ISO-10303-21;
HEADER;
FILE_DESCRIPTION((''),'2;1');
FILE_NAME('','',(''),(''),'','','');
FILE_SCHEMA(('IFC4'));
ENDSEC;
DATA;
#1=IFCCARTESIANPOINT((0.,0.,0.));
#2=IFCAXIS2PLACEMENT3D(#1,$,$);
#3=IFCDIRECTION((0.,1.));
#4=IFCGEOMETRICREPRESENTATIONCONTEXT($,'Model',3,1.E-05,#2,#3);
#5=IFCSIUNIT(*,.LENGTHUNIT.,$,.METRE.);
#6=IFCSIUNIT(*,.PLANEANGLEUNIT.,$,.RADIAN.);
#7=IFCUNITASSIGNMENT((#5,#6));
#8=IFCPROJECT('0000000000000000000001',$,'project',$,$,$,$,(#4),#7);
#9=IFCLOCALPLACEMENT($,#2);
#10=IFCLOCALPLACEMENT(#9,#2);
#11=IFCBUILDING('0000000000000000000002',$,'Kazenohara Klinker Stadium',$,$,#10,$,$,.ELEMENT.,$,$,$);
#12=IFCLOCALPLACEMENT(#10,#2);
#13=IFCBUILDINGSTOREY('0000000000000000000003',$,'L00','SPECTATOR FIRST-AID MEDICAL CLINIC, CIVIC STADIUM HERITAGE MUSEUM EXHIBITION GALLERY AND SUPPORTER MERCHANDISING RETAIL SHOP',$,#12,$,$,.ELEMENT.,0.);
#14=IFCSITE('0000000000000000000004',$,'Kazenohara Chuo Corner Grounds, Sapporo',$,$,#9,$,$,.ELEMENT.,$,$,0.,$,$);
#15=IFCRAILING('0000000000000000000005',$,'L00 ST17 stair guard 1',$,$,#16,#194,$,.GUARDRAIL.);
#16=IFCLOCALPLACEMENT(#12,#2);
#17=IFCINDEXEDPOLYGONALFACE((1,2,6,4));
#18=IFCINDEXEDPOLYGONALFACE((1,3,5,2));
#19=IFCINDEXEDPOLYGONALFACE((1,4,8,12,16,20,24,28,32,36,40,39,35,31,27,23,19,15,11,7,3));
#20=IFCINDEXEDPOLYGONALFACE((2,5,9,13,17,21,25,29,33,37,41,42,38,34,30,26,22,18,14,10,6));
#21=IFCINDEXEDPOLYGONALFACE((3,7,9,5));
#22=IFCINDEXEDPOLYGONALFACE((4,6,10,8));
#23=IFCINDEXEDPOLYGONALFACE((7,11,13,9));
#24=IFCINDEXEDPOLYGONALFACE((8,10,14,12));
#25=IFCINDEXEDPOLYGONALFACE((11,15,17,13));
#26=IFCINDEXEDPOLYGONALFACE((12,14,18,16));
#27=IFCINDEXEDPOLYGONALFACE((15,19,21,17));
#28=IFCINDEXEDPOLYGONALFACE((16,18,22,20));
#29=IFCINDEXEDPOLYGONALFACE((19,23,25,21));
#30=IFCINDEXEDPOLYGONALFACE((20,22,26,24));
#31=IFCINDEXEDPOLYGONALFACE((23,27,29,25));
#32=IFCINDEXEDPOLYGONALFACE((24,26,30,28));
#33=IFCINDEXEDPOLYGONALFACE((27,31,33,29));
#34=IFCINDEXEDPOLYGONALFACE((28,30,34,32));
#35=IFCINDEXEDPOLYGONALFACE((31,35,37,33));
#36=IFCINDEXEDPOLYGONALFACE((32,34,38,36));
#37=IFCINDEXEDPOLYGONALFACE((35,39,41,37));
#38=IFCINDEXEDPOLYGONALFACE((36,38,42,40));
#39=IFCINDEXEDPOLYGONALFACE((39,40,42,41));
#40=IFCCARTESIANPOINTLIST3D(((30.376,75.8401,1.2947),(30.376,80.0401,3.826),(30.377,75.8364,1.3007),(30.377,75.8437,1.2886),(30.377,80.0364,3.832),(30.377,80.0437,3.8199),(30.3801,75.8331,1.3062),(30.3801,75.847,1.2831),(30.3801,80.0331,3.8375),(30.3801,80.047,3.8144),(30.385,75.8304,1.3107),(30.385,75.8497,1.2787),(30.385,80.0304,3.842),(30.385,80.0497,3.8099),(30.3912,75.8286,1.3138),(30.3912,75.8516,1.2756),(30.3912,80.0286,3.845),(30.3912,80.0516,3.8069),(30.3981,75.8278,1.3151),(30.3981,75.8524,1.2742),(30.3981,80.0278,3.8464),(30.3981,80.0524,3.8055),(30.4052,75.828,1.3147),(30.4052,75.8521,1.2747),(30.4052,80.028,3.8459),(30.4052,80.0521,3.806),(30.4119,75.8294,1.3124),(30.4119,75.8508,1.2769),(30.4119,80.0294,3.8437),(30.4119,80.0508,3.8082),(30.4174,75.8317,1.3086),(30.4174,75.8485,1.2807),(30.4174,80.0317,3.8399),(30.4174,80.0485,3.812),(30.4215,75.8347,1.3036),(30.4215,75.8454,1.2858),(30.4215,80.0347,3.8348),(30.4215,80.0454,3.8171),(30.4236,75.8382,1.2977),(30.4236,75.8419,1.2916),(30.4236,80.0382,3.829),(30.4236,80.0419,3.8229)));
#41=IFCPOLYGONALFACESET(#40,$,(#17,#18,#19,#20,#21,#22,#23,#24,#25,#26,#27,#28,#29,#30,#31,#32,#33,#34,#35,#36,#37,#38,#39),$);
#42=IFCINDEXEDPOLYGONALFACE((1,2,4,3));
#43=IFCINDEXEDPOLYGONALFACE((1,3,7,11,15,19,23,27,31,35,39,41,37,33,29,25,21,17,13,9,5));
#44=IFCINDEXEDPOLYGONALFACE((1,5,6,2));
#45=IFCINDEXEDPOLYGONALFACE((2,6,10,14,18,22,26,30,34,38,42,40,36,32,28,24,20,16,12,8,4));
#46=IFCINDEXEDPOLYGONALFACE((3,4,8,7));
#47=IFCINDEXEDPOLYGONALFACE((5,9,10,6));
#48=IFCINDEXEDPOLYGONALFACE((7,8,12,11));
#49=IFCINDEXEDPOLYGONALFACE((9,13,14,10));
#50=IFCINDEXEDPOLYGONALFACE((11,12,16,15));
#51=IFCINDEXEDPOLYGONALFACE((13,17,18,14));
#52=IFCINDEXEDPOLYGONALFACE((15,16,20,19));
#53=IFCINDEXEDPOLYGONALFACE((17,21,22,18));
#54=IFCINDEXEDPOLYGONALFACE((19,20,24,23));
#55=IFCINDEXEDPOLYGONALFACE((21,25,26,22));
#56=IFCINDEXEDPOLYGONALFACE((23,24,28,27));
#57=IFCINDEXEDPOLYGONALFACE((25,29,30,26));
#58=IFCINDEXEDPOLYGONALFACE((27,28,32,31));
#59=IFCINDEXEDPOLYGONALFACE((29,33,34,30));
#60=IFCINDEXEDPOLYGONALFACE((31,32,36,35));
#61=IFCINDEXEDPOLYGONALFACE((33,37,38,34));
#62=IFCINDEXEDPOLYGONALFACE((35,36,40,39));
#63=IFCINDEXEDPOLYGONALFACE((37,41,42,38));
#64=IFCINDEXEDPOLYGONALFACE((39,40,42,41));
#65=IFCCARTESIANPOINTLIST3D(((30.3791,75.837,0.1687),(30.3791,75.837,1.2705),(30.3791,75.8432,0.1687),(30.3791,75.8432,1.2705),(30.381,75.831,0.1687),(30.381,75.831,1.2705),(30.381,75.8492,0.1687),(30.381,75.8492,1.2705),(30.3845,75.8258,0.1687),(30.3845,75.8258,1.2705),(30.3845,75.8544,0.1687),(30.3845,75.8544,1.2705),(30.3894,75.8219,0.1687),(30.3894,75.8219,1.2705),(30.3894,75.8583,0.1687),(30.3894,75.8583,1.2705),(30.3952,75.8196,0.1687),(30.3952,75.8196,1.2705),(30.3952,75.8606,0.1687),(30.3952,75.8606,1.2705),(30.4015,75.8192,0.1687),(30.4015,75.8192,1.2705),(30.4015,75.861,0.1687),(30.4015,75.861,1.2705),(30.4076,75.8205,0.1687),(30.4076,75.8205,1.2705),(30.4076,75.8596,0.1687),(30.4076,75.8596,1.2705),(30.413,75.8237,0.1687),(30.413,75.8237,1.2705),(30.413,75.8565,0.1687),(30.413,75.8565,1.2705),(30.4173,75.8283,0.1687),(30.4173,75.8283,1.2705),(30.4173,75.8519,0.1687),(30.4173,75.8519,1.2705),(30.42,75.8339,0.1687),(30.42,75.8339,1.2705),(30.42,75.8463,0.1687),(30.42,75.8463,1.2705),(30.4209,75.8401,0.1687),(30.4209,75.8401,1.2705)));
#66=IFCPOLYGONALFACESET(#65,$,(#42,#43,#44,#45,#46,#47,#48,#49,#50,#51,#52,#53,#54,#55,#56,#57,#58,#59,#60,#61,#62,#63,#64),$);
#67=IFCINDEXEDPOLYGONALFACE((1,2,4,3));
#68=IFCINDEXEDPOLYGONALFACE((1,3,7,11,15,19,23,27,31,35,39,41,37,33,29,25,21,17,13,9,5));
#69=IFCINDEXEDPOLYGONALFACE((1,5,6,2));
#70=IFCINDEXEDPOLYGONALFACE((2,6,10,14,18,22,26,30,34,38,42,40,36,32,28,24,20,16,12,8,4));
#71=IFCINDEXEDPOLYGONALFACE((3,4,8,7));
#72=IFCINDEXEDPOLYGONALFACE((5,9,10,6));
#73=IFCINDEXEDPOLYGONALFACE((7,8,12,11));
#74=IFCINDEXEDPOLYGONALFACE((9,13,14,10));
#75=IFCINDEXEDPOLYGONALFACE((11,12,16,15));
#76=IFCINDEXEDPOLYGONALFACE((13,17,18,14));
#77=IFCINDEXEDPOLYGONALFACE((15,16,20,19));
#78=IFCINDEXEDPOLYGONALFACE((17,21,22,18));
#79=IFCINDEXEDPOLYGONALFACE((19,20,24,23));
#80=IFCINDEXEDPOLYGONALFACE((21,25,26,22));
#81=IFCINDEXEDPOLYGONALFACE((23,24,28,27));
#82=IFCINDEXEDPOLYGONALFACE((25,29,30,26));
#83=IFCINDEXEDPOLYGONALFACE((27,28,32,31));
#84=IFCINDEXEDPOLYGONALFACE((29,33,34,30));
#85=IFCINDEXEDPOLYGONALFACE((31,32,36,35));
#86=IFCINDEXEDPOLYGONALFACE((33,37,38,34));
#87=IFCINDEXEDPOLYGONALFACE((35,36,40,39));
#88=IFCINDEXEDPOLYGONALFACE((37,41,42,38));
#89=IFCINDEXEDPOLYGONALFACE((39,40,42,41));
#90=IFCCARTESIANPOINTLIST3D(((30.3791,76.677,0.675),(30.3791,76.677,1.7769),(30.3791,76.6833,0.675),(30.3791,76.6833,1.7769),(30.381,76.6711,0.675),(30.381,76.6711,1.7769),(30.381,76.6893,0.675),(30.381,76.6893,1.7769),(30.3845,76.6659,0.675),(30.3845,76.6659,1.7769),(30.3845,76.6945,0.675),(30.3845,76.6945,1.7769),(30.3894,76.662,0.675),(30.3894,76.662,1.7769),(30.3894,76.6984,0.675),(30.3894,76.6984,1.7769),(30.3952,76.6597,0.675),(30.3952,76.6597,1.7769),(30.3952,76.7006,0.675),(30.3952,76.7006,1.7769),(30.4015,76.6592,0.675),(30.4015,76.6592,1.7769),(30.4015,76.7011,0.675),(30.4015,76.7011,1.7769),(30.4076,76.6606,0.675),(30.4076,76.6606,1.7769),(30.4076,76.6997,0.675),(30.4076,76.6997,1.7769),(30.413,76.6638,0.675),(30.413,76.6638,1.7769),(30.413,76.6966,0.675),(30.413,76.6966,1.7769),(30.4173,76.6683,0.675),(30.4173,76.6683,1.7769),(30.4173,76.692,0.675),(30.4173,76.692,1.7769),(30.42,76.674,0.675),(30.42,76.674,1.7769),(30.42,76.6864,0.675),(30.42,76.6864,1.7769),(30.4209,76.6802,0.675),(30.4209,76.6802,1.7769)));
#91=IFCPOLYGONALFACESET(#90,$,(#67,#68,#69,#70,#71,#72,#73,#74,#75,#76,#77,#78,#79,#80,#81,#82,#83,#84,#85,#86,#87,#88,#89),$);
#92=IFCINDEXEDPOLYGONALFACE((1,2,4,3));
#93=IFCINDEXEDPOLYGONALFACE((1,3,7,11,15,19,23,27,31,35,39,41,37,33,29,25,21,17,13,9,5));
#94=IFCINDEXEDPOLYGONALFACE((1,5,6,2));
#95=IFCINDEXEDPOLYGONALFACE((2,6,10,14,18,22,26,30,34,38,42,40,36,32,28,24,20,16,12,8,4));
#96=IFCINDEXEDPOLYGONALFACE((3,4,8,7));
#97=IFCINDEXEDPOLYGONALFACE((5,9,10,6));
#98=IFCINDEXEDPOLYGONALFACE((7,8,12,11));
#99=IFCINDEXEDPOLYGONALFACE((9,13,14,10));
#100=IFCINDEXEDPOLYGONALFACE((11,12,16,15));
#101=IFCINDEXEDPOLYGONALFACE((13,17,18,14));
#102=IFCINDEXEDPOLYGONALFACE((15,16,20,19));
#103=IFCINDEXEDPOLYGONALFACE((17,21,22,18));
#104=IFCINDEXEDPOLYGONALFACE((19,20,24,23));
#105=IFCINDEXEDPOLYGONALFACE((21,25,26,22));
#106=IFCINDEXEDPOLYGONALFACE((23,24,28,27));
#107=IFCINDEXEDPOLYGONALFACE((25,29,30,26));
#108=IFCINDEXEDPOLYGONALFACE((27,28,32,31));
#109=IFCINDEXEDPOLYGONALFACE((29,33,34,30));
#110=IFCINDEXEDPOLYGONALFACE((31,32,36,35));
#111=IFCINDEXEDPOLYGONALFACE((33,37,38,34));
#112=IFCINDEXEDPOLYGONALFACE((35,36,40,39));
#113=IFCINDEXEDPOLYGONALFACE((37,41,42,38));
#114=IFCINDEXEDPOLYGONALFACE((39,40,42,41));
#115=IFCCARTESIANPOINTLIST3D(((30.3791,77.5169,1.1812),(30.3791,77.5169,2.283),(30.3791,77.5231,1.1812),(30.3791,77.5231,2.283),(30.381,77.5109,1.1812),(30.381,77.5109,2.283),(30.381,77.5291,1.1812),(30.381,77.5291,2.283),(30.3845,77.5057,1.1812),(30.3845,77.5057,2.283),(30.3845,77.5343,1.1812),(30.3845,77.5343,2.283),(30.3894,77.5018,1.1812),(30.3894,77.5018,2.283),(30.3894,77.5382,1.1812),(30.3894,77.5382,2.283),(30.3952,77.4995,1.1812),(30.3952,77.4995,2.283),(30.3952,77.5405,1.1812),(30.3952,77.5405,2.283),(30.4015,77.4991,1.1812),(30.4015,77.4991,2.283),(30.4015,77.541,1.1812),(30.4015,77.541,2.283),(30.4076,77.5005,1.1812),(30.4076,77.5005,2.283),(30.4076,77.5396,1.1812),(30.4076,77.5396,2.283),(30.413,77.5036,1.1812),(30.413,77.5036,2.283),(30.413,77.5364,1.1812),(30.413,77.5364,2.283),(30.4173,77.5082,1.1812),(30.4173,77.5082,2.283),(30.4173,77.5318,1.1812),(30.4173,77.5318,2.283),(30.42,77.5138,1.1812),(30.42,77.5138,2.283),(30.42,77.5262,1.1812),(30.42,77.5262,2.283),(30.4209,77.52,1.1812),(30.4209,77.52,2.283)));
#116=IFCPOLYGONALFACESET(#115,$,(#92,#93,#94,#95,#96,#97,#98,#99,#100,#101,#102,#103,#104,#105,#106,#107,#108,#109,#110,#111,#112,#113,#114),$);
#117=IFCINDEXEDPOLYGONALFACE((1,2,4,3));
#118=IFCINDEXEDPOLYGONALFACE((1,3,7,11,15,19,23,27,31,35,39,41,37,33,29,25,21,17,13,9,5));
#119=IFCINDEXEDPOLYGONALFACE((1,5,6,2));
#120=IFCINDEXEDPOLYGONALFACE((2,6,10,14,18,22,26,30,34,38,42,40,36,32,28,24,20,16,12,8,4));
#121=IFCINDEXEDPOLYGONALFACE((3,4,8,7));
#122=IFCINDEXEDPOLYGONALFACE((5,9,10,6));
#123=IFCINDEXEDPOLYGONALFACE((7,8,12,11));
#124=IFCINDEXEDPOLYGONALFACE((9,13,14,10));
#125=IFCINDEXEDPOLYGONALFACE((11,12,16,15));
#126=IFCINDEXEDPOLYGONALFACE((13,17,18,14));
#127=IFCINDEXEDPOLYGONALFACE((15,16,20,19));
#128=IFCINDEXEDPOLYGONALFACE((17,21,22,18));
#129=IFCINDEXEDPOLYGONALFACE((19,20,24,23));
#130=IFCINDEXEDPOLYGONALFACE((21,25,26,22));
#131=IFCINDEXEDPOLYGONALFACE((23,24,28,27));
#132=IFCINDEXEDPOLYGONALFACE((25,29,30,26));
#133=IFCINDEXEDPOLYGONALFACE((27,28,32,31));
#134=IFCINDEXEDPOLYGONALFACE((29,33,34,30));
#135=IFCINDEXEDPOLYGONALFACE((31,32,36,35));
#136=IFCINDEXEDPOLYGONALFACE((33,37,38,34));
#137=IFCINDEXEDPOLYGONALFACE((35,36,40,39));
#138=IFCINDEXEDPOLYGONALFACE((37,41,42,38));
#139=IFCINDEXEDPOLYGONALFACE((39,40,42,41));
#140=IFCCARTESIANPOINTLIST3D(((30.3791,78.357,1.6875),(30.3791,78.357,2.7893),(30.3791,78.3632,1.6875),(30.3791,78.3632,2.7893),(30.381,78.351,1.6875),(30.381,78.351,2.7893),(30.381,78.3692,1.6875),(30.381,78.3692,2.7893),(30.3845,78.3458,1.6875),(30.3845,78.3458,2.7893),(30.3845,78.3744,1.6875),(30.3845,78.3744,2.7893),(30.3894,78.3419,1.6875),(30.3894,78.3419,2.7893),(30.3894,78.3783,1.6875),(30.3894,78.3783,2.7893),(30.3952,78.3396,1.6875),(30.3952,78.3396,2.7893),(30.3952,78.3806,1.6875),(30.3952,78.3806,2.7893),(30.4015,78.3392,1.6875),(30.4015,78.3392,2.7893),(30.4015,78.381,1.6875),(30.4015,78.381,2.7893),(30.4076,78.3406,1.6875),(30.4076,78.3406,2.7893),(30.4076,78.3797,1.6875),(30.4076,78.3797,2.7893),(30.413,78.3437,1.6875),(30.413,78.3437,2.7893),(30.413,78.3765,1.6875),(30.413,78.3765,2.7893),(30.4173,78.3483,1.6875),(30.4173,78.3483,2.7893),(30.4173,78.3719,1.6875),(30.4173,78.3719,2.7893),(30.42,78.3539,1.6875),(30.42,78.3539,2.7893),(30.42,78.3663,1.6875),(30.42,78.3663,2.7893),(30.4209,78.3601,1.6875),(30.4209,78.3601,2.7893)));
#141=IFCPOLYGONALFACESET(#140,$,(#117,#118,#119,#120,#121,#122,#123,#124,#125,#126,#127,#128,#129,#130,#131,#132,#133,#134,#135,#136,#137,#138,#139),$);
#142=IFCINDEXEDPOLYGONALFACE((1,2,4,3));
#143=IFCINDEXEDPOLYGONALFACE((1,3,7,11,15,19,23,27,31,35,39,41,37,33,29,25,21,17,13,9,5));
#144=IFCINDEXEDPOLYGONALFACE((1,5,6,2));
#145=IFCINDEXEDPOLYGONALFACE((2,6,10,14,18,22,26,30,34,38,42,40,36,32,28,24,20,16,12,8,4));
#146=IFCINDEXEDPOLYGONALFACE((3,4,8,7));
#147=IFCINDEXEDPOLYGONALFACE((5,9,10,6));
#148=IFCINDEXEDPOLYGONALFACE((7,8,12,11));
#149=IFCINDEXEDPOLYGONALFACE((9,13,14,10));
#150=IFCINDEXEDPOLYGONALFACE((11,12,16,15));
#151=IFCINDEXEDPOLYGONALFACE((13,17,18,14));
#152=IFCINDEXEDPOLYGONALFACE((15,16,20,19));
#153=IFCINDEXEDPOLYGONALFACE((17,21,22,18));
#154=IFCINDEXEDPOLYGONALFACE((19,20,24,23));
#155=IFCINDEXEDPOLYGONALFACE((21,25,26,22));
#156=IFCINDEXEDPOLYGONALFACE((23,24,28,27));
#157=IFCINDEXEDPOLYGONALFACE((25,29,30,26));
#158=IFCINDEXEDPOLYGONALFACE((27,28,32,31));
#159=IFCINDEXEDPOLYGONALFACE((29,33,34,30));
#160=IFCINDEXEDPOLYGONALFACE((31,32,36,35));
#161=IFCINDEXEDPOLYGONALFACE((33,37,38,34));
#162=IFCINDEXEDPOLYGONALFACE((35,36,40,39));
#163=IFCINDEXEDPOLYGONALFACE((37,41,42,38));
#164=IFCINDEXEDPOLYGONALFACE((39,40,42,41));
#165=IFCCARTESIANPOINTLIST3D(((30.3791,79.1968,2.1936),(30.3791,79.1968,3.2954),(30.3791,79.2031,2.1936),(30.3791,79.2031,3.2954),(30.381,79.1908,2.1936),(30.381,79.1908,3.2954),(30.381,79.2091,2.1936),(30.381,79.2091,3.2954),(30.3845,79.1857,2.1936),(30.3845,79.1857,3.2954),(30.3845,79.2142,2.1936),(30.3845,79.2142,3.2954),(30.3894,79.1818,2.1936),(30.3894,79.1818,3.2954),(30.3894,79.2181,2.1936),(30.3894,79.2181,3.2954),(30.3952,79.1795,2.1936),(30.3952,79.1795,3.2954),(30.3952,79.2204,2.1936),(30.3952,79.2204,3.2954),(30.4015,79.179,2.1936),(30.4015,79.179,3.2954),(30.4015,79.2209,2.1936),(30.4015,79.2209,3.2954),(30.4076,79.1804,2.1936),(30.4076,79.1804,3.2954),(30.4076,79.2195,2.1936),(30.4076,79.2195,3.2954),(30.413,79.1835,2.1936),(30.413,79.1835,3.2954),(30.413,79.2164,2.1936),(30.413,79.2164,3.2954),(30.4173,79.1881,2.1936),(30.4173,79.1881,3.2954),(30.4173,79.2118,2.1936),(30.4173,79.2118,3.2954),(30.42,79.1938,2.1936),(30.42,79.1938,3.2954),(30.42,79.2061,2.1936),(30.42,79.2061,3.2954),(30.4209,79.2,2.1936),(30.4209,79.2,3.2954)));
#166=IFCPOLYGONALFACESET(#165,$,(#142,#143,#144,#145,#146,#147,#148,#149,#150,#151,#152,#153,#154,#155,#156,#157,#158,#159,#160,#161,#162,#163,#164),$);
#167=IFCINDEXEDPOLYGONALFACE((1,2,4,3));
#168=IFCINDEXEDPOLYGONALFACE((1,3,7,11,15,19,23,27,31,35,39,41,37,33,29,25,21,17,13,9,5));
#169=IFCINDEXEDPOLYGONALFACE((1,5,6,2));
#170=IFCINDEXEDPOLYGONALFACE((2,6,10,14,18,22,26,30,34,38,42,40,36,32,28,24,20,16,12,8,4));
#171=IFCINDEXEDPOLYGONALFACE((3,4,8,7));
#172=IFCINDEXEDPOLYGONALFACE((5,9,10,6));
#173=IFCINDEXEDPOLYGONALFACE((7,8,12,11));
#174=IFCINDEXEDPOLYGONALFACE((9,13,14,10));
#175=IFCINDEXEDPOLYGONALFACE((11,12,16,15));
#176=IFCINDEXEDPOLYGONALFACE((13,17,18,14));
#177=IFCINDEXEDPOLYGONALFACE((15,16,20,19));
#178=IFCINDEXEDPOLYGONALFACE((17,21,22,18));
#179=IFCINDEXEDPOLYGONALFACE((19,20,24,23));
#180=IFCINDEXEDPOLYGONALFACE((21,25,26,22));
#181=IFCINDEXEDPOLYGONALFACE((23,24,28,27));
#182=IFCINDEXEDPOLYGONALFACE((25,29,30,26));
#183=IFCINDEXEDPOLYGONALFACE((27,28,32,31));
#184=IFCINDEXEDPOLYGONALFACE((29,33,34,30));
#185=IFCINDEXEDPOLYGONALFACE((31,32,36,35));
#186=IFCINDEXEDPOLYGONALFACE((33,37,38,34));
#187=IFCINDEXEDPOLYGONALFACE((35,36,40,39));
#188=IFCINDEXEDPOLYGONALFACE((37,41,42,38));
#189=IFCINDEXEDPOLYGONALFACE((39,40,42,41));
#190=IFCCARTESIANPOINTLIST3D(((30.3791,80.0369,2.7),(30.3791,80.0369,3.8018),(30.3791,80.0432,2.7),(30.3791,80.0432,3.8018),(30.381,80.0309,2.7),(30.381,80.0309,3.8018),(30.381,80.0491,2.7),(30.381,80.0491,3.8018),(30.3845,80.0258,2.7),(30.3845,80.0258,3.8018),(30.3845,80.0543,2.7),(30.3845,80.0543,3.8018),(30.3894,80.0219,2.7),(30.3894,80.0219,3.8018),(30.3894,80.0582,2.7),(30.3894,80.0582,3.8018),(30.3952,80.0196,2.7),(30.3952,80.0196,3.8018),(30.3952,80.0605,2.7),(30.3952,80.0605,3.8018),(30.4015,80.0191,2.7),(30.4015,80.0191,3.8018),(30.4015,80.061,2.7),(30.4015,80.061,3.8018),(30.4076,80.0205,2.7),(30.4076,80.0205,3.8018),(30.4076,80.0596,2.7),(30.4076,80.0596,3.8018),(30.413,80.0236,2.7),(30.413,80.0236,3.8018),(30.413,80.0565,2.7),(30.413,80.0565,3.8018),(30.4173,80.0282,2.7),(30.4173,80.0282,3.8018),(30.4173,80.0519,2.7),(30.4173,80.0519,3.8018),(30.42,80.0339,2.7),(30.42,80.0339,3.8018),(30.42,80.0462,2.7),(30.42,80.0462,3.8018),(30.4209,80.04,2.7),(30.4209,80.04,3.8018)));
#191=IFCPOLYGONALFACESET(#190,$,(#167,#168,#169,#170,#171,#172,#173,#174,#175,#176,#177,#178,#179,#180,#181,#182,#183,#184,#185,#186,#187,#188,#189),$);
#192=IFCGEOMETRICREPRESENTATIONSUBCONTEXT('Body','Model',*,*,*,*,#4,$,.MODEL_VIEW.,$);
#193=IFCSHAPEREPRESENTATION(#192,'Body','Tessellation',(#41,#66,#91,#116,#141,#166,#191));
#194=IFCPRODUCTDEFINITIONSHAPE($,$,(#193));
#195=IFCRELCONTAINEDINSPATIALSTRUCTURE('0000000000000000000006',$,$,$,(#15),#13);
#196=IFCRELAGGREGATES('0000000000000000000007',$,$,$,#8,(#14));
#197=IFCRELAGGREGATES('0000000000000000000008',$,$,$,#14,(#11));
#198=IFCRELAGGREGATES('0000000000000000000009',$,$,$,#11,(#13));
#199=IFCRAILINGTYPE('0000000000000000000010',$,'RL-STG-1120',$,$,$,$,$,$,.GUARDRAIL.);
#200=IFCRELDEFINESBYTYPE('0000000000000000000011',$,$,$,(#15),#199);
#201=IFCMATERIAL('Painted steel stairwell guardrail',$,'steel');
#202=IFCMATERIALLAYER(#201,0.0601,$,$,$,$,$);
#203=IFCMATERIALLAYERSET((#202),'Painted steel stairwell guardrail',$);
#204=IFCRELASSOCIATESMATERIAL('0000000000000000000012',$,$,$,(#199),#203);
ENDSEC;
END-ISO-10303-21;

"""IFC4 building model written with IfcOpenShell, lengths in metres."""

from ifc_helpers import new_model, si_unit, direction, frame, origin, origin_2d, place, context, subcontext, project, spatial, circle, extrude, material, layer, layer_set, type_object, element, save


model = new_model("IFC4")

# Units and contexts
model_context = context("Model", 3, precision=1e-05, world=origin(), true_north=direction((0.0, 1.0)))
body_context = subcontext(model_context, "Body", "Model", "MODEL_VIEW")
ifc_project = project(units=[si_unit("LENGTHUNIT", "METRE"), si_unit("PLANEANGLEUNIT", "RADIAN")], contexts=[model_context])

# Site, building, storey
site_placement = place(None, origin())
site = spatial("IfcSite", under=ifc_project, at=site_placement, Name="Kazenohara Chuo Corner Grounds, Sapporo", CompositionType="ELEMENT", RefElevation=0.0)
building_placement = place(site_placement, origin())
building = spatial("IfcBuilding", under=site, at=building_placement, Name="Kazenohara Klinker Stadium", CompositionType="ELEMENT")
storey_placement = place(building_placement, origin())
storey = spatial("IfcBuildingStorey", under=building, at=storey_placement, Name="L00", Description="SPECTATOR FIRST-AID MEDICAL CLINIC, CIVIC STADIUM HERITAGE MUSEUM EXHIBITION GALLERY AND SUPPORTER MERCHANDISING RETAIL SHOP", CompositionType="ELEMENT", Elevation=0.0)

# Railing
ifc_material_1 = material(Name="Painted steel stairwell guardrail", Category="steel")
ifc_layer_1 = layer(ifc_material_1, 0.0601)
ifc_layer_set_1 = layer_set([ifc_layer_1], Name="Painted steel stairwell guardrail")
railing_type_1 = type_object("IfcRailingType", Name="RL-STG-1120", PredefinedType="GUARDRAIL", material=ifc_layer_set_1)
railing_1_placement = place(storey_placement, frame((30.3999, 75.8401, 0.1687)))
element("IfcRailing", 1, at=railing_1_placement, inside=storey, type_object=railing_type_1, Name="L00 ST17 stair guard 1", PredefinedType="GUARDRAIL", context=body_context, shape_type="SweptSolid", body=[
    extrude(circle(Radius=0.0239, at=origin_2d()), frame((0.0, 0.0, 1.126), z_axis=(0.0, 0.856476, 0.516186), x_axis=(-1.0, 0.0, 0.0)), (0.0, 0.0, 1.0), 4.9038),
    extrude(circle(Radius=0.021, at=origin_2d()), origin(), (0.0, 0.0, 1.0), 1.1018),
    extrude(circle(Radius=0.021, at=origin_2d()), frame((0.0, 0.8401, 0.5063)), (0.0, 0.0, 1.0), 1.1018),
    extrude(circle(Radius=0.021, at=origin_2d()), frame((0.0, 1.6799, 1.0125)), (0.0, 0.0, 1.0), 1.1018),
    extrude(circle(Radius=0.021, at=origin_2d()), frame((0.0, 2.52, 1.5188)), (0.0, 0.0, 1.0), 1.1018),
    extrude(circle(Radius=0.021, at=origin_2d()), frame((0.0, 3.3599, 2.0249)), (0.0, 0.0, 1.0), 1.1018),
    extrude(circle(Radius=0.021, at=origin_2d()), frame((0.0, 4.2, 2.5312)), (0.0, 0.0, 1.0), 1.1018),
])

save(model, "model.ifc")
